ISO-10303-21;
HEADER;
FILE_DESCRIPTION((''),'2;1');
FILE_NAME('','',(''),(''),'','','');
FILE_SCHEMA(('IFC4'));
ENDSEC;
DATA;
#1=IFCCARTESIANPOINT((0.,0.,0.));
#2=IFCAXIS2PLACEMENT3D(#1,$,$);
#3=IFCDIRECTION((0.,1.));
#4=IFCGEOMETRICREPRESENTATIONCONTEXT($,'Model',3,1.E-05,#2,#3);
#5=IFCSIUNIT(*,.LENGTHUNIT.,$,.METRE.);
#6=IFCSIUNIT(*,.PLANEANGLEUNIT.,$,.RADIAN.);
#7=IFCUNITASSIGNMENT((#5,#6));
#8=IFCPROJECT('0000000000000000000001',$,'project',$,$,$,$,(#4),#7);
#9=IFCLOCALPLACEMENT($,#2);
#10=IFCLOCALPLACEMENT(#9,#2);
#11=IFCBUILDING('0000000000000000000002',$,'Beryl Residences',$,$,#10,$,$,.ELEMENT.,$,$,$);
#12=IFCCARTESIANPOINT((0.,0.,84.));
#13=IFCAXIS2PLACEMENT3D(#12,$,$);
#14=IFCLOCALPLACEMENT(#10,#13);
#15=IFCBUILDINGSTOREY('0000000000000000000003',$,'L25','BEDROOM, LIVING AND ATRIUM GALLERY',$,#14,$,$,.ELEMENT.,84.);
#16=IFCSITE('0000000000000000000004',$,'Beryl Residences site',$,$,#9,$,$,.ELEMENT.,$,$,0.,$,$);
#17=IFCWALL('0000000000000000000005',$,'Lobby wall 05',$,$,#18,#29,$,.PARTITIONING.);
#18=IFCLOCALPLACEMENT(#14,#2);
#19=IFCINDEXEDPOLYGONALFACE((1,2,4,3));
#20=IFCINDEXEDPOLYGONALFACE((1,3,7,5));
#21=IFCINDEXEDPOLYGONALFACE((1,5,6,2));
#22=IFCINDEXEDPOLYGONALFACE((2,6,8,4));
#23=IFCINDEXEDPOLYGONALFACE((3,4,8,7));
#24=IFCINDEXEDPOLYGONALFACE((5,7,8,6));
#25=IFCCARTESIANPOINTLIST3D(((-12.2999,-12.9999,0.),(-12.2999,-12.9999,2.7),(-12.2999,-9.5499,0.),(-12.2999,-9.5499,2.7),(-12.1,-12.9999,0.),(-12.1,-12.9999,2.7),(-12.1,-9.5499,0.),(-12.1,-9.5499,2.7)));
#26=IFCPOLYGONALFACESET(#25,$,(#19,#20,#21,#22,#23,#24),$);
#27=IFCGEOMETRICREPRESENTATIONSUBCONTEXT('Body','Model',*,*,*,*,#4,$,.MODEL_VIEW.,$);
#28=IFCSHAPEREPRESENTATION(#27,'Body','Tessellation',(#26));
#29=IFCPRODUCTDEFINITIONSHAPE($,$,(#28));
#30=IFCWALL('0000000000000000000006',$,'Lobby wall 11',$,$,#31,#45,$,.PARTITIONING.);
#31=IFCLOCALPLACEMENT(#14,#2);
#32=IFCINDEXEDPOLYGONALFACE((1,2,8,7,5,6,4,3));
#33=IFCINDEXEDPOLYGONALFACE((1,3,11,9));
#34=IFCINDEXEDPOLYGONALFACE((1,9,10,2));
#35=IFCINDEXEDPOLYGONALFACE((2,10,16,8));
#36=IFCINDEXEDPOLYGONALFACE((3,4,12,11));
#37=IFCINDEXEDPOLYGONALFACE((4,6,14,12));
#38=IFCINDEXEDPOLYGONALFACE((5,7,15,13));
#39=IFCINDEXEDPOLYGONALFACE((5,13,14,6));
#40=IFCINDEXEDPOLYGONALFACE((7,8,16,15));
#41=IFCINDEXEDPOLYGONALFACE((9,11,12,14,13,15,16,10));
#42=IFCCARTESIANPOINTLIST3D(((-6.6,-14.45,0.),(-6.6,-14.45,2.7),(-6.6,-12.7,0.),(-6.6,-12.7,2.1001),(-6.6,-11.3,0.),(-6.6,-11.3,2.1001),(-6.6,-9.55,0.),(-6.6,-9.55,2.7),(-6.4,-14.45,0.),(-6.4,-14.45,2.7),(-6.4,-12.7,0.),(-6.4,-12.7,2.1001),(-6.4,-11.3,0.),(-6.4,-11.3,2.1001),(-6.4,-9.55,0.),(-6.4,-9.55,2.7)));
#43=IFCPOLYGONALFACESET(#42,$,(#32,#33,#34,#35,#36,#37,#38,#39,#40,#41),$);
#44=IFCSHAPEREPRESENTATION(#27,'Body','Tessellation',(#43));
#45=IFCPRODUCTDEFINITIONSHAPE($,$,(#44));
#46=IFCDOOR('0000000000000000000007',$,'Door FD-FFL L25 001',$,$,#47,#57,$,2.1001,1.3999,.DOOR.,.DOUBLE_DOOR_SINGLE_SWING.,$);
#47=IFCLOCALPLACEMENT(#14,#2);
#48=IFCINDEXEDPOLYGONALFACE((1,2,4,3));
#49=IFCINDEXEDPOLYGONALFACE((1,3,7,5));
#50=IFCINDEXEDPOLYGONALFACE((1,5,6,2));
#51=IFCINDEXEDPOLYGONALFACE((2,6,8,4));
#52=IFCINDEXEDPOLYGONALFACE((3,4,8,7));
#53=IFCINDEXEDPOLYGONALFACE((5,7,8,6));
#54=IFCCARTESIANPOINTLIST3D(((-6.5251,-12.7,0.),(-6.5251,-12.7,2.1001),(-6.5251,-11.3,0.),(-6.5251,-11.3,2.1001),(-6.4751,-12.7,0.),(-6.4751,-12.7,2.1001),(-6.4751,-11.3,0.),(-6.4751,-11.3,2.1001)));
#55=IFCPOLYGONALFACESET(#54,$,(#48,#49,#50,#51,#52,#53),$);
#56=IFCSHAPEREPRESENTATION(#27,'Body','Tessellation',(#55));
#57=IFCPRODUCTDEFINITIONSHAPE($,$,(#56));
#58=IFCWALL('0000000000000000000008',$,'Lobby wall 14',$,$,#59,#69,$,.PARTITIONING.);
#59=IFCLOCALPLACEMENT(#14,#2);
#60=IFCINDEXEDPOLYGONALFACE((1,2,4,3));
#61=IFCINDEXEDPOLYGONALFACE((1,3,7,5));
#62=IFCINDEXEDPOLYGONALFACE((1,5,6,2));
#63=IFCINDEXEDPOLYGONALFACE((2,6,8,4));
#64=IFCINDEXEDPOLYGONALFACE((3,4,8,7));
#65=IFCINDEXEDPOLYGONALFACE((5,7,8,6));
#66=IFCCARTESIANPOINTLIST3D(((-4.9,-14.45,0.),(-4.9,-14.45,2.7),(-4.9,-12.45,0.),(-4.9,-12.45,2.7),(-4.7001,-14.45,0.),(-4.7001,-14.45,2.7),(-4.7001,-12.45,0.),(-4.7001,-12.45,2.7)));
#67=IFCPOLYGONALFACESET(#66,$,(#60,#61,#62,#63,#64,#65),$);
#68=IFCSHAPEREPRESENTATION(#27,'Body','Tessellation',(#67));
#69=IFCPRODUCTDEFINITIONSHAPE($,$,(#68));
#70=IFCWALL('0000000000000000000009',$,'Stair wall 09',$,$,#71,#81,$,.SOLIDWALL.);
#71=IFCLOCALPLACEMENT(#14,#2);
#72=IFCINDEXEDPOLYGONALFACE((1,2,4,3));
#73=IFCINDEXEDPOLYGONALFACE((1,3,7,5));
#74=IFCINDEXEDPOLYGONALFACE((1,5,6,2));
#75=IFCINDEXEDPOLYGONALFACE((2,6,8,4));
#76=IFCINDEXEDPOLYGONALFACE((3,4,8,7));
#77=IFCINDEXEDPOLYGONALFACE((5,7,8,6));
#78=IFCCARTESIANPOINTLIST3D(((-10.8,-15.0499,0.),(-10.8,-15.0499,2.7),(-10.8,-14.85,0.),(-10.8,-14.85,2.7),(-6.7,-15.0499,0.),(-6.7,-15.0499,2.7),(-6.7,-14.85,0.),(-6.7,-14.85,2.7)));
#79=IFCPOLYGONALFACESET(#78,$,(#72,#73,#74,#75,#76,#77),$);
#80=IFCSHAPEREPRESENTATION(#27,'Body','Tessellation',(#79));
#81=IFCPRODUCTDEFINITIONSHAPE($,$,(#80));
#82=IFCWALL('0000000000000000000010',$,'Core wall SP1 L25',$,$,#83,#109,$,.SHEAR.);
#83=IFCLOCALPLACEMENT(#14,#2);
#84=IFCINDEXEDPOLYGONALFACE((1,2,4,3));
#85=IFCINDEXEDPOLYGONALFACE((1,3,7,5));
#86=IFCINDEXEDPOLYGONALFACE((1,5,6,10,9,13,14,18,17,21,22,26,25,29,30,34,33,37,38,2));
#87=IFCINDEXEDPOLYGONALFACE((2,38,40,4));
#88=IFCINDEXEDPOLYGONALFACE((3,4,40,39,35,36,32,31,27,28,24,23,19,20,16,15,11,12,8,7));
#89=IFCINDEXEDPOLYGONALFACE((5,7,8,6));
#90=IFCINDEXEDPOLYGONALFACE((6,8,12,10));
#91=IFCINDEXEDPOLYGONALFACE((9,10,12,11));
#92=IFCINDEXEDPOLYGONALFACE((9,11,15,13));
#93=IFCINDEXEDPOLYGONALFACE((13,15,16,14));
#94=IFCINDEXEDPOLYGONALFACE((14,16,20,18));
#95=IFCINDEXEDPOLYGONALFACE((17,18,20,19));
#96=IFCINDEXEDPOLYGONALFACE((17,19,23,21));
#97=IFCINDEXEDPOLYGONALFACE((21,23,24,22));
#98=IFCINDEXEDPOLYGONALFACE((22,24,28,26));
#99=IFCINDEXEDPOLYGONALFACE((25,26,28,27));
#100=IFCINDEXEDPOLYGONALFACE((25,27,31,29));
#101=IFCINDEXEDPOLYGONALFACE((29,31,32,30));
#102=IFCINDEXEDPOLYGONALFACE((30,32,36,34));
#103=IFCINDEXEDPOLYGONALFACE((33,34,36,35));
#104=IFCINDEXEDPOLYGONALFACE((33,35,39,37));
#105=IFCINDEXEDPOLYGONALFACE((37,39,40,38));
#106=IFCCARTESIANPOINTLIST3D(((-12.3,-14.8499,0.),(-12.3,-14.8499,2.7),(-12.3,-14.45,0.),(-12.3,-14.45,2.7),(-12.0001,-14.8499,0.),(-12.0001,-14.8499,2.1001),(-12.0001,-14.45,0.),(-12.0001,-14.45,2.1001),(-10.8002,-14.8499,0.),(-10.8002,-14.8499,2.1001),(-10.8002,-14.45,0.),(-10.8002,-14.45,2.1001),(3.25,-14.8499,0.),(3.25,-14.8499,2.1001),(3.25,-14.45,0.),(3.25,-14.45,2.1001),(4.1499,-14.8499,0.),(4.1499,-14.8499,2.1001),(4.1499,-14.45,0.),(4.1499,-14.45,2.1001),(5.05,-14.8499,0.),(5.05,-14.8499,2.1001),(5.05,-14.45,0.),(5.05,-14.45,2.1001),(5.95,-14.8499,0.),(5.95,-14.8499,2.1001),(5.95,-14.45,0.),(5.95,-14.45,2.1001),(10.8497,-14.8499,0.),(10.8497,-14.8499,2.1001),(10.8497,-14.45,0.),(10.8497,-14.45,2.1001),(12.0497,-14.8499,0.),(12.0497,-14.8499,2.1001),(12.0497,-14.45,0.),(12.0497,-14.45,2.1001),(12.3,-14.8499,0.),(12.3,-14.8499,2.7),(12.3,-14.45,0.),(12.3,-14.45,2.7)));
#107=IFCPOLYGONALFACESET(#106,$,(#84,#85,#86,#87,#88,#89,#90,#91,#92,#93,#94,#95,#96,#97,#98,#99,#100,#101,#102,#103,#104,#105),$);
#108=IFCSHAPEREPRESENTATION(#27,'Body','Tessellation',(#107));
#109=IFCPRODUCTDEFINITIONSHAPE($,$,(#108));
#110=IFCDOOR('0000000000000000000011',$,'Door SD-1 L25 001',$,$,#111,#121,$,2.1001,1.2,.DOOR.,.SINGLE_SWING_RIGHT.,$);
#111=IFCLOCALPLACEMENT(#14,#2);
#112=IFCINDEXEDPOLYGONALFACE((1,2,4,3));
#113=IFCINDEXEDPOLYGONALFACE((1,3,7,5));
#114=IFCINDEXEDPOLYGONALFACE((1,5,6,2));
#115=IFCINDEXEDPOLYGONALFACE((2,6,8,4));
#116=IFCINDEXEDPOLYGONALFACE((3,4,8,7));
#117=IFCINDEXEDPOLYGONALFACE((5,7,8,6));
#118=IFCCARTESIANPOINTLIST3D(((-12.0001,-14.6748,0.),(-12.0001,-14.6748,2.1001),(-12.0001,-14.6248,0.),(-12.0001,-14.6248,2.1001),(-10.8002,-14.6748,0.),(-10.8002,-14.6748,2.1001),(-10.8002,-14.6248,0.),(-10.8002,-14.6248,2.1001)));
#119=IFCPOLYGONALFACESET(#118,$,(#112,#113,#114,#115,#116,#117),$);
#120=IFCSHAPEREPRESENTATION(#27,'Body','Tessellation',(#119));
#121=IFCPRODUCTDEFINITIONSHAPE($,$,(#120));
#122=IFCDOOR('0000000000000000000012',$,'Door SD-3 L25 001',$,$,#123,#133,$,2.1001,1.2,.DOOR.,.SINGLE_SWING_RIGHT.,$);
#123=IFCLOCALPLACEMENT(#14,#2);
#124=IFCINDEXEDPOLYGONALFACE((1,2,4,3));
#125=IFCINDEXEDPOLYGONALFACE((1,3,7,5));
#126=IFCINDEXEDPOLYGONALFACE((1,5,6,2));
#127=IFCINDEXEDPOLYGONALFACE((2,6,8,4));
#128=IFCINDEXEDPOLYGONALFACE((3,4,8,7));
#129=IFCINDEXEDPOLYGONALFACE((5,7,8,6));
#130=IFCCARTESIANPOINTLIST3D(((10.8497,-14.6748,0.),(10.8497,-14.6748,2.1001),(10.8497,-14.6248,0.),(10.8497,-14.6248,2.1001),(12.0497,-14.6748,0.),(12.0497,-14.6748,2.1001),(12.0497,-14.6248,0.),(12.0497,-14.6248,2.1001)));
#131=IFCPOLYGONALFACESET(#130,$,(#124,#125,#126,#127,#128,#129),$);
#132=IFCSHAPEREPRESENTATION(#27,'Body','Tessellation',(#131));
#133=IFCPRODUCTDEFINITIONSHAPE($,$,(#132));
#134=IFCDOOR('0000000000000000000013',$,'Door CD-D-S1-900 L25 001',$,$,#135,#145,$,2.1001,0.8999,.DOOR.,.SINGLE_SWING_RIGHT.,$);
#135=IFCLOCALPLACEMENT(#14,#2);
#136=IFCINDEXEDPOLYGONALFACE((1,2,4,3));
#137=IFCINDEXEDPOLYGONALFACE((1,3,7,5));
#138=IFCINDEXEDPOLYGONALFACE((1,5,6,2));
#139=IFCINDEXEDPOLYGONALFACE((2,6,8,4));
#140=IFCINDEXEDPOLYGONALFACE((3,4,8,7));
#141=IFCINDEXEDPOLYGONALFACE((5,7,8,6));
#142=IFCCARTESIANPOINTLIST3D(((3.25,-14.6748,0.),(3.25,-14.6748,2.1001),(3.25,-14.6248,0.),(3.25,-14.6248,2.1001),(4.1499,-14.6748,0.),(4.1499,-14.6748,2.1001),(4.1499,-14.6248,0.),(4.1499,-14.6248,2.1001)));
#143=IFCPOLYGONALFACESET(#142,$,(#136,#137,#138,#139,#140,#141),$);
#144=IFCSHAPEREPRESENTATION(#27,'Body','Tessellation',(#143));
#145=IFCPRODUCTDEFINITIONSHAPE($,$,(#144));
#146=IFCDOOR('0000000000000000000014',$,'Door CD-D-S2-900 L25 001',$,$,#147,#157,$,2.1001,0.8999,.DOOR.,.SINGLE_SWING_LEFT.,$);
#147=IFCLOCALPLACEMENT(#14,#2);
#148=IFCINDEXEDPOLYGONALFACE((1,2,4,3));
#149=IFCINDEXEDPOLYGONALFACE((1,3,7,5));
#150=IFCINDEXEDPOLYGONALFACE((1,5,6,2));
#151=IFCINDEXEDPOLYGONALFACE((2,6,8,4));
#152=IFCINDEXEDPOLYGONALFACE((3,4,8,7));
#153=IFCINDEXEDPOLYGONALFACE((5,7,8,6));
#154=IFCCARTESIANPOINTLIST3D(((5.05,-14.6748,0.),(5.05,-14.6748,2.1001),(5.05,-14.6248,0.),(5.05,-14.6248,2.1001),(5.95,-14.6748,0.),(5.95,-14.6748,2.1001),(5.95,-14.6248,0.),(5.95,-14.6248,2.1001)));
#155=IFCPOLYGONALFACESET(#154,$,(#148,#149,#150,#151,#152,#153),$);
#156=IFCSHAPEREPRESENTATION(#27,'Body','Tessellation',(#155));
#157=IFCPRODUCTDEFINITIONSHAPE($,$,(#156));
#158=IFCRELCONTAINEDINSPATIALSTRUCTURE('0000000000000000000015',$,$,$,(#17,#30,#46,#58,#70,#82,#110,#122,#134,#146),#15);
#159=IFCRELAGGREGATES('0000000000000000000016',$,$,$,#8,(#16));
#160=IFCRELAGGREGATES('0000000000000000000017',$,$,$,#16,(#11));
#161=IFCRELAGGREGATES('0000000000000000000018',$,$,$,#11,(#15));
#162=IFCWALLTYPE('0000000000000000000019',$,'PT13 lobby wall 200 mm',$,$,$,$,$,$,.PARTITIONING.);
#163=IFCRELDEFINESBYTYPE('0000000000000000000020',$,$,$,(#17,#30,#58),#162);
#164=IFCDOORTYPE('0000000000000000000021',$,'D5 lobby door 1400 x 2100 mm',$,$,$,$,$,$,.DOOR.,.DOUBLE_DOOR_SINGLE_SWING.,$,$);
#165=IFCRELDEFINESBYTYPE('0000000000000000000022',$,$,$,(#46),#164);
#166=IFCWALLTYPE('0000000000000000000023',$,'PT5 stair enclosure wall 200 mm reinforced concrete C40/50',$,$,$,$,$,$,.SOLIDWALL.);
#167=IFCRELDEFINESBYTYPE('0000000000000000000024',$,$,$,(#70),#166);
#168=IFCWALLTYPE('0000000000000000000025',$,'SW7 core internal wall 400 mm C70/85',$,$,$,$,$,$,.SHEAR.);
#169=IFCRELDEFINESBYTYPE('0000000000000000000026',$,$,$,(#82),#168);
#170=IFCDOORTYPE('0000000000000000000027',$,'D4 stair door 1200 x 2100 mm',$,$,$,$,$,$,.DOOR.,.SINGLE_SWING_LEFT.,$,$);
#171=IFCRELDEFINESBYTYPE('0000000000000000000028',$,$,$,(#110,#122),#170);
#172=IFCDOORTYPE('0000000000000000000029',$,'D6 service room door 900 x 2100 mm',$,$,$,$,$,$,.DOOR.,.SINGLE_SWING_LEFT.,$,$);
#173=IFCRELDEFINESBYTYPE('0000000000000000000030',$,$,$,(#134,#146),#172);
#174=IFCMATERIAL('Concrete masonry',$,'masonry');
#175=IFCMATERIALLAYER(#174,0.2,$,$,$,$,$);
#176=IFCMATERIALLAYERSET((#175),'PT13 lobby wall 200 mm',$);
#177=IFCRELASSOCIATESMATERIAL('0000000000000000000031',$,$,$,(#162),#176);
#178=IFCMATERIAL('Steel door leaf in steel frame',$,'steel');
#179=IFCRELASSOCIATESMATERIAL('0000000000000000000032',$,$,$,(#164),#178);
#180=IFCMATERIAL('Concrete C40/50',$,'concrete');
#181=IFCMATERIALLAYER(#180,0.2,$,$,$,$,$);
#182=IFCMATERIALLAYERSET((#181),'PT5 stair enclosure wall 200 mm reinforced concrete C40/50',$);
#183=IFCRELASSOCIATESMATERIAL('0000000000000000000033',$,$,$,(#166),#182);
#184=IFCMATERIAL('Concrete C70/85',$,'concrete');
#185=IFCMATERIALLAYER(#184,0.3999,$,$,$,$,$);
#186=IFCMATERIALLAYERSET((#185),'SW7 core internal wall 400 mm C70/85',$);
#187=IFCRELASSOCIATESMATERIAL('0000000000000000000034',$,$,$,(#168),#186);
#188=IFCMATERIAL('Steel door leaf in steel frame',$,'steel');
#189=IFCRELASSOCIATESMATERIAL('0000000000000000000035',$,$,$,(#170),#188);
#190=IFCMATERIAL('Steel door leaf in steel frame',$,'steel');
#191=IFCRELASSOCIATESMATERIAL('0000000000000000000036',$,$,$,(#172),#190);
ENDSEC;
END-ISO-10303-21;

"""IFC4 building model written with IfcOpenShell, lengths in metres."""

from ifc_helpers import new_model, si_unit, direction, frame, frame_2d, origin, place, context, subcontext, project, spatial, rectangle, extrude, material, layer, layer_set, type_object, element, fill, save


model = new_model("IFC4")

# Units and contexts
model_context = context("Model", 3, precision=1e-05, world=origin(), true_north=direction((0.0, 1.0)))
body_context = subcontext(model_context, "Body", "Model", "MODEL_VIEW")
ifc_project = project(units=[si_unit("LENGTHUNIT", "METRE"), si_unit("PLANEANGLEUNIT", "RADIAN")], contexts=[model_context])

# Site, building, storey
site_placement = place(None, origin())
site = spatial("IfcSite", under=ifc_project, at=site_placement, Name="Beryl Residences site", CompositionType="ELEMENT", RefElevation=0.0)
building_placement = place(site_placement, origin())
building = spatial("IfcBuilding", under=site, at=building_placement, Name="Beryl Residences", CompositionType="ELEMENT")
storey_placement = place(building_placement, frame((0.0, 0.0, 84.0)))
storey = spatial("IfcBuildingStorey", under=building, at=storey_placement, Name="L25", Description="BEDROOM, LIVING AND ATRIUM GALLERY", CompositionType="ELEMENT", Elevation=84.0)

# Wall
ifc_material_1 = material(Name="Concrete masonry", Category="masonry")
ifc_layer_1 = layer(ifc_material_1, 0.2)
ifc_layer_set_1 = layer_set([ifc_layer_1], Name="PT13 lobby wall 200 mm")
wall_type_1 = type_object("IfcWallType", Name="PT13 lobby wall 200 mm", PredefinedType="PARTITIONING", material=ifc_layer_set_1)
wall_1_placement = place(storey_placement, frame((-12.2, -13.0, 0.0), z_axis=(0.0, 0.0, 1.0), x_axis=(0.0, 1.0, 0.0)))
element("IfcWall", 1, at=wall_1_placement, inside=storey, type_object=wall_type_1, Name="Lobby wall 05", PredefinedType="PARTITIONING", context=body_context, shape_type="SweptSolid", body=[
    extrude(rectangle(XDim=3.45, YDim=0.2, at=frame_2d((1.7251, 0.0))), origin(), (0.0, 0.0, 1.0), 2.7),
])

# Wall, opening, door
wall_2_placement = place(storey_placement, frame((-6.5, -14.45, 0.0), z_axis=(0.0, 0.0, 1.0), x_axis=(0.0, 1.0, 0.0)))
wall_2 = element("IfcWall", 2, at=wall_2_placement, inside=storey, type_object=wall_type_1, Name="Lobby wall 11", PredefinedType="PARTITIONING", context=body_context, shape_type="SweptSolid", body=[
    extrude(rectangle(XDim=4.8999, YDim=0.2, at=frame_2d((2.45, 0.0))), origin(), (0.0, 0.0, 1.0), 2.7),
])
opening_1_placement = place(wall_2_placement, frame((3.1499, 0.0, 0.0), z_axis=(0.0, 0.0, 1.0), x_axis=(-1.0, 0.0, 0.0)))
opening_1 = element("IfcOpeningElement", 3, at=opening_1_placement, cuts=wall_2, PredefinedType="OPENING", context=body_context, shape_type="SweptSolid", body=[
    extrude(rectangle(XDim=1.3999, YDim=2.1001, at=frame_2d((0.7, 1.05))), frame((0.0, 0.1099, 0.0), z_axis=(0.0, -1.0, 0.0), x_axis=(1.0, 0.0, 0.0)), (0.0, 0.0, 1.0), 0.22),
])
ifc_material_2 = material(Name="Steel door leaf in steel frame", Category="steel")
door_type_1 = type_object("IfcDoorType", Name="D5 lobby door 1400 x 2100 mm", OperationType="DOUBLE_DOOR_SINGLE_SWING", PredefinedType="DOOR", material=ifc_material_2)
door_1_placement = place(opening_1_placement, origin())
door_1 = element("IfcDoor", 4, at=door_1_placement, inside=storey, type_object=door_type_1, Name="Door FD-FFL L25 001", OperationType="DOUBLE_DOOR_SINGLE_SWING", OverallHeight=2.1001, OverallWidth=1.3999, PredefinedType="DOOR", context=body_context, shape_type="SweptSolid", body=[
    extrude(rectangle(XDim=1.3999, YDim=2.1001, at=frame_2d((0.7, 1.05))), frame((0.0, 0.0249, 0.0), z_axis=(0.0, -1.0, 0.0), x_axis=(1.0, 0.0, 0.0)), (0.0, 0.0, 1.0), 0.05),
])
fill(opening_1, door_1)

# Walls
wall_3_placement = place(storey_placement, frame((-4.8, -14.45, 0.0), z_axis=(0.0, 0.0, 1.0), x_axis=(0.0, 1.0, 0.0)))
element("IfcWall", 5, at=wall_3_placement, inside=storey, type_object=wall_type_1, Name="Lobby wall 14", PredefinedType="PARTITIONING", context=body_context, shape_type="SweptSolid", body=[
    extrude(rectangle(XDim=2.0, YDim=0.2, at=frame_2d((1.0, 0.0))), origin(), (0.0, 0.0, 1.0), 2.7),
])
ifc_material_3 = material(Name="Concrete C40/50", Category="concrete")
ifc_layer_2 = layer(ifc_material_3, 0.2)
ifc_layer_set_2 = layer_set([ifc_layer_2], Name="PT5 stair enclosure wall 200 mm reinforced concrete C40/50")
wall_type_2 = type_object("IfcWallType", Name="PT5 stair enclosure wall 200 mm reinforced concrete C40/50", PredefinedType="SOLIDWALL", material=ifc_layer_set_2)
wall_4_placement = place(storey_placement, frame((-10.8, -14.95, 0.0), z_axis=(0.0, 0.0, 1.0), x_axis=(1.0, 0.0, 0.0)))
element("IfcWall", 6, at=wall_4_placement, inside=storey, type_object=wall_type_2, Name="Stair wall 09", PredefinedType="SOLIDWALL", context=body_context, shape_type="SweptSolid", body=[
    extrude(rectangle(XDim=4.1001, YDim=0.2, at=frame_2d((2.05, 0.0))), origin(), (0.0, 0.0, 1.0), 2.7),
])

# Wall, openings, doors
ifc_material_4 = material(Name="Concrete C70/85", Category="concrete")
ifc_layer_3 = layer(ifc_material_4, 0.3999)
ifc_layer_set_3 = layer_set([ifc_layer_3], Name="SW7 core internal wall 400 mm C70/85")
wall_type_3 = type_object("IfcWallType", Name="SW7 core internal wall 400 mm C70/85", PredefinedType="SHEAR", material=ifc_layer_set_3)
wall_5_placement = place(storey_placement, frame((-12.3, -14.6499, 0.0), z_axis=(0.0, 0.0, 1.0), x_axis=(1.0, 0.0, 0.0)))
wall_5 = element("IfcWall", 7, at=wall_5_placement, inside=storey, type_object=wall_type_3, Name="Core wall SP1 L25", PredefinedType="SHEAR", context=body_context, shape_type="SweptSolid", body=[
    extrude(rectangle(XDim=24.6001, YDim=0.3999, at=frame_2d((12.3, 0.0))), origin(), (0.0, 0.0, 1.0), 2.7),
])
opening_2_placement = place(wall_5_placement, frame((1.5, 0.0, 0.0), z_axis=(0.0, 0.0, 1.0), x_axis=(-1.0, 0.0, 0.0)))
opening_2 = element("IfcOpeningElement", 8, at=opening_2_placement, cuts=wall_5, PredefinedType="OPENING", context=body_context, shape_type="SweptSolid", body=[
    extrude(rectangle(XDim=1.2, YDim=2.1001, at=frame_2d((0.6001, 1.05))), frame((0.0, 0.21, 0.0), z_axis=(0.0, -1.0, 0.0), x_axis=(1.0, 0.0, 0.0)), (0.0, 0.0, 1.0), 0.4199),
])
opening_3_placement = place(wall_5_placement, frame((24.3499, 0.0, 0.0), z_axis=(0.0, 0.0, 1.0), x_axis=(-1.0, 0.0, 0.0)))
opening_3 = element("IfcOpeningElement", 9, at=opening_3_placement, cuts=wall_5, PredefinedType="OPENING", context=body_context, shape_type="SweptSolid", body=[
    extrude(rectangle(XDim=1.2, YDim=2.1001, at=frame_2d((0.6001, 1.05))), frame((0.0, 0.21, 0.0), z_axis=(0.0, -1.0, 0.0), x_axis=(1.0, 0.0, 0.0)), (0.0, 0.0, 1.0), 0.4199),
])
opening_4_placement = place(wall_5_placement, frame((16.45, 0.0, 0.0), z_axis=(0.0, 0.0, 1.0), x_axis=(-1.0, 0.0, 0.0)))
opening_4 = element("IfcOpeningElement", 10, at=opening_4_placement, cuts=wall_5, PredefinedType="OPENING", context=body_context, shape_type="SweptSolid", body=[
    extrude(rectangle(XDim=0.8999, YDim=2.1001, at=frame_2d((0.45, 1.05))), frame((0.0, 0.21, 0.0), z_axis=(0.0, -1.0, 0.0), x_axis=(1.0, 0.0, 0.0)), (0.0, 0.0, 1.0), 0.4199),
])
opening_5_placement = place(wall_5_placement, frame((18.25, 0.0, 0.0), z_axis=(0.0, 0.0, 1.0), x_axis=(-1.0, 0.0, 0.0)))
opening_5 = element("IfcOpeningElement", 11, at=opening_5_placement, cuts=wall_5, PredefinedType="OPENING", context=body_context, shape_type="SweptSolid", body=[
    extrude(rectangle(XDim=0.8999, YDim=2.1001, at=frame_2d((0.45, 1.05))), frame((0.0, 0.21, 0.0), z_axis=(0.0, -1.0, 0.0), x_axis=(1.0, 0.0, 0.0)), (0.0, 0.0, 1.0), 0.4199),
])
ifc_material_5 = material(Name="Steel door leaf in steel frame", Category="steel")
door_type_2 = type_object("IfcDoorType", Name="D4 stair door 1200 x 2100 mm", OperationType="SINGLE_SWING_LEFT", PredefinedType="DOOR", material=ifc_material_5)
door_2_placement = place(opening_2_placement, origin())
door_2 = element("IfcDoor", 12, at=door_2_placement, inside=storey, type_object=door_type_2, Name="Door SD-1 L25 001", OperationType="SINGLE_SWING_RIGHT", OverallHeight=2.1001, OverallWidth=1.2, PredefinedType="DOOR", context=body_context, shape_type="SweptSolid", body=[
    extrude(rectangle(XDim=1.2, YDim=2.1001, at=frame_2d((0.6001, 1.05))), frame((0.0, 0.0249, 0.0), z_axis=(0.0, -1.0, 0.0), x_axis=(1.0, 0.0, 0.0)), (0.0, 0.0, 1.0), 0.05),
])
fill(opening_2, door_2)
door_3_placement = place(opening_3_placement, origin())
door_3 = element("IfcDoor", 13, at=door_3_placement, inside=storey, type_object=door_type_2, Name="Door SD-3 L25 001", OperationType="SINGLE_SWING_RIGHT", OverallHeight=2.1001, OverallWidth=1.2, PredefinedType="DOOR", context=body_context, shape_type="SweptSolid", body=[
    extrude(rectangle(XDim=1.2, YDim=2.1001, at=frame_2d((0.6001, 1.05))), frame((0.0, 0.0249, 0.0), z_axis=(0.0, -1.0, 0.0), x_axis=(1.0, 0.0, 0.0)), (0.0, 0.0, 1.0), 0.05),
])
fill(opening_3, door_3)
ifc_material_6 = material(Name="Steel door leaf in steel frame", Category="steel")
door_type_3 = type_object("IfcDoorType", Name="D6 service room door 900 x 2100 mm", OperationType="SINGLE_SWING_LEFT", PredefinedType="DOOR", material=ifc_material_6)
door_4_placement = place(opening_4_placement, origin())
door_4 = element("IfcDoor", 14, at=door_4_placement, inside=storey, type_object=door_type_3, Name="Door CD-D-S1-900 L25 001", OperationType="SINGLE_SWING_RIGHT", OverallHeight=2.1001, OverallWidth=0.8999, PredefinedType="DOOR", context=body_context, shape_type="SweptSolid", body=[
    extrude(rectangle(XDim=0.8999, YDim=2.1001, at=frame_2d((0.45, 1.05))), frame((0.0, 0.0249, 0.0), z_axis=(0.0, -1.0, 0.0), x_axis=(1.0, 0.0, 0.0)), (0.0, 0.0, 1.0), 0.05),
])
fill(opening_4, door_4)
door_5_placement = place(opening_5_placement, origin())
door_5 = element("IfcDoor", 15, at=door_5_placement, inside=storey, type_object=door_type_3, Name="Door CD-D-S2-900 L25 001", OperationType="SINGLE_SWING_LEFT", OverallHeight=2.1001, OverallWidth=0.8999, PredefinedType="DOOR", context=body_context, shape_type="SweptSolid", body=[
    extrude(rectangle(XDim=0.8999, YDim=2.1001, at=frame_2d((0.45, 1.05))), frame((0.0, 0.0249, 0.0), z_axis=(0.0, -1.0, 0.0), x_axis=(1.0, 0.0, 0.0)), (0.0, 0.0, 1.0), 0.05),
])
fill(opening_5, door_5)

save(model, "model.ifc")
